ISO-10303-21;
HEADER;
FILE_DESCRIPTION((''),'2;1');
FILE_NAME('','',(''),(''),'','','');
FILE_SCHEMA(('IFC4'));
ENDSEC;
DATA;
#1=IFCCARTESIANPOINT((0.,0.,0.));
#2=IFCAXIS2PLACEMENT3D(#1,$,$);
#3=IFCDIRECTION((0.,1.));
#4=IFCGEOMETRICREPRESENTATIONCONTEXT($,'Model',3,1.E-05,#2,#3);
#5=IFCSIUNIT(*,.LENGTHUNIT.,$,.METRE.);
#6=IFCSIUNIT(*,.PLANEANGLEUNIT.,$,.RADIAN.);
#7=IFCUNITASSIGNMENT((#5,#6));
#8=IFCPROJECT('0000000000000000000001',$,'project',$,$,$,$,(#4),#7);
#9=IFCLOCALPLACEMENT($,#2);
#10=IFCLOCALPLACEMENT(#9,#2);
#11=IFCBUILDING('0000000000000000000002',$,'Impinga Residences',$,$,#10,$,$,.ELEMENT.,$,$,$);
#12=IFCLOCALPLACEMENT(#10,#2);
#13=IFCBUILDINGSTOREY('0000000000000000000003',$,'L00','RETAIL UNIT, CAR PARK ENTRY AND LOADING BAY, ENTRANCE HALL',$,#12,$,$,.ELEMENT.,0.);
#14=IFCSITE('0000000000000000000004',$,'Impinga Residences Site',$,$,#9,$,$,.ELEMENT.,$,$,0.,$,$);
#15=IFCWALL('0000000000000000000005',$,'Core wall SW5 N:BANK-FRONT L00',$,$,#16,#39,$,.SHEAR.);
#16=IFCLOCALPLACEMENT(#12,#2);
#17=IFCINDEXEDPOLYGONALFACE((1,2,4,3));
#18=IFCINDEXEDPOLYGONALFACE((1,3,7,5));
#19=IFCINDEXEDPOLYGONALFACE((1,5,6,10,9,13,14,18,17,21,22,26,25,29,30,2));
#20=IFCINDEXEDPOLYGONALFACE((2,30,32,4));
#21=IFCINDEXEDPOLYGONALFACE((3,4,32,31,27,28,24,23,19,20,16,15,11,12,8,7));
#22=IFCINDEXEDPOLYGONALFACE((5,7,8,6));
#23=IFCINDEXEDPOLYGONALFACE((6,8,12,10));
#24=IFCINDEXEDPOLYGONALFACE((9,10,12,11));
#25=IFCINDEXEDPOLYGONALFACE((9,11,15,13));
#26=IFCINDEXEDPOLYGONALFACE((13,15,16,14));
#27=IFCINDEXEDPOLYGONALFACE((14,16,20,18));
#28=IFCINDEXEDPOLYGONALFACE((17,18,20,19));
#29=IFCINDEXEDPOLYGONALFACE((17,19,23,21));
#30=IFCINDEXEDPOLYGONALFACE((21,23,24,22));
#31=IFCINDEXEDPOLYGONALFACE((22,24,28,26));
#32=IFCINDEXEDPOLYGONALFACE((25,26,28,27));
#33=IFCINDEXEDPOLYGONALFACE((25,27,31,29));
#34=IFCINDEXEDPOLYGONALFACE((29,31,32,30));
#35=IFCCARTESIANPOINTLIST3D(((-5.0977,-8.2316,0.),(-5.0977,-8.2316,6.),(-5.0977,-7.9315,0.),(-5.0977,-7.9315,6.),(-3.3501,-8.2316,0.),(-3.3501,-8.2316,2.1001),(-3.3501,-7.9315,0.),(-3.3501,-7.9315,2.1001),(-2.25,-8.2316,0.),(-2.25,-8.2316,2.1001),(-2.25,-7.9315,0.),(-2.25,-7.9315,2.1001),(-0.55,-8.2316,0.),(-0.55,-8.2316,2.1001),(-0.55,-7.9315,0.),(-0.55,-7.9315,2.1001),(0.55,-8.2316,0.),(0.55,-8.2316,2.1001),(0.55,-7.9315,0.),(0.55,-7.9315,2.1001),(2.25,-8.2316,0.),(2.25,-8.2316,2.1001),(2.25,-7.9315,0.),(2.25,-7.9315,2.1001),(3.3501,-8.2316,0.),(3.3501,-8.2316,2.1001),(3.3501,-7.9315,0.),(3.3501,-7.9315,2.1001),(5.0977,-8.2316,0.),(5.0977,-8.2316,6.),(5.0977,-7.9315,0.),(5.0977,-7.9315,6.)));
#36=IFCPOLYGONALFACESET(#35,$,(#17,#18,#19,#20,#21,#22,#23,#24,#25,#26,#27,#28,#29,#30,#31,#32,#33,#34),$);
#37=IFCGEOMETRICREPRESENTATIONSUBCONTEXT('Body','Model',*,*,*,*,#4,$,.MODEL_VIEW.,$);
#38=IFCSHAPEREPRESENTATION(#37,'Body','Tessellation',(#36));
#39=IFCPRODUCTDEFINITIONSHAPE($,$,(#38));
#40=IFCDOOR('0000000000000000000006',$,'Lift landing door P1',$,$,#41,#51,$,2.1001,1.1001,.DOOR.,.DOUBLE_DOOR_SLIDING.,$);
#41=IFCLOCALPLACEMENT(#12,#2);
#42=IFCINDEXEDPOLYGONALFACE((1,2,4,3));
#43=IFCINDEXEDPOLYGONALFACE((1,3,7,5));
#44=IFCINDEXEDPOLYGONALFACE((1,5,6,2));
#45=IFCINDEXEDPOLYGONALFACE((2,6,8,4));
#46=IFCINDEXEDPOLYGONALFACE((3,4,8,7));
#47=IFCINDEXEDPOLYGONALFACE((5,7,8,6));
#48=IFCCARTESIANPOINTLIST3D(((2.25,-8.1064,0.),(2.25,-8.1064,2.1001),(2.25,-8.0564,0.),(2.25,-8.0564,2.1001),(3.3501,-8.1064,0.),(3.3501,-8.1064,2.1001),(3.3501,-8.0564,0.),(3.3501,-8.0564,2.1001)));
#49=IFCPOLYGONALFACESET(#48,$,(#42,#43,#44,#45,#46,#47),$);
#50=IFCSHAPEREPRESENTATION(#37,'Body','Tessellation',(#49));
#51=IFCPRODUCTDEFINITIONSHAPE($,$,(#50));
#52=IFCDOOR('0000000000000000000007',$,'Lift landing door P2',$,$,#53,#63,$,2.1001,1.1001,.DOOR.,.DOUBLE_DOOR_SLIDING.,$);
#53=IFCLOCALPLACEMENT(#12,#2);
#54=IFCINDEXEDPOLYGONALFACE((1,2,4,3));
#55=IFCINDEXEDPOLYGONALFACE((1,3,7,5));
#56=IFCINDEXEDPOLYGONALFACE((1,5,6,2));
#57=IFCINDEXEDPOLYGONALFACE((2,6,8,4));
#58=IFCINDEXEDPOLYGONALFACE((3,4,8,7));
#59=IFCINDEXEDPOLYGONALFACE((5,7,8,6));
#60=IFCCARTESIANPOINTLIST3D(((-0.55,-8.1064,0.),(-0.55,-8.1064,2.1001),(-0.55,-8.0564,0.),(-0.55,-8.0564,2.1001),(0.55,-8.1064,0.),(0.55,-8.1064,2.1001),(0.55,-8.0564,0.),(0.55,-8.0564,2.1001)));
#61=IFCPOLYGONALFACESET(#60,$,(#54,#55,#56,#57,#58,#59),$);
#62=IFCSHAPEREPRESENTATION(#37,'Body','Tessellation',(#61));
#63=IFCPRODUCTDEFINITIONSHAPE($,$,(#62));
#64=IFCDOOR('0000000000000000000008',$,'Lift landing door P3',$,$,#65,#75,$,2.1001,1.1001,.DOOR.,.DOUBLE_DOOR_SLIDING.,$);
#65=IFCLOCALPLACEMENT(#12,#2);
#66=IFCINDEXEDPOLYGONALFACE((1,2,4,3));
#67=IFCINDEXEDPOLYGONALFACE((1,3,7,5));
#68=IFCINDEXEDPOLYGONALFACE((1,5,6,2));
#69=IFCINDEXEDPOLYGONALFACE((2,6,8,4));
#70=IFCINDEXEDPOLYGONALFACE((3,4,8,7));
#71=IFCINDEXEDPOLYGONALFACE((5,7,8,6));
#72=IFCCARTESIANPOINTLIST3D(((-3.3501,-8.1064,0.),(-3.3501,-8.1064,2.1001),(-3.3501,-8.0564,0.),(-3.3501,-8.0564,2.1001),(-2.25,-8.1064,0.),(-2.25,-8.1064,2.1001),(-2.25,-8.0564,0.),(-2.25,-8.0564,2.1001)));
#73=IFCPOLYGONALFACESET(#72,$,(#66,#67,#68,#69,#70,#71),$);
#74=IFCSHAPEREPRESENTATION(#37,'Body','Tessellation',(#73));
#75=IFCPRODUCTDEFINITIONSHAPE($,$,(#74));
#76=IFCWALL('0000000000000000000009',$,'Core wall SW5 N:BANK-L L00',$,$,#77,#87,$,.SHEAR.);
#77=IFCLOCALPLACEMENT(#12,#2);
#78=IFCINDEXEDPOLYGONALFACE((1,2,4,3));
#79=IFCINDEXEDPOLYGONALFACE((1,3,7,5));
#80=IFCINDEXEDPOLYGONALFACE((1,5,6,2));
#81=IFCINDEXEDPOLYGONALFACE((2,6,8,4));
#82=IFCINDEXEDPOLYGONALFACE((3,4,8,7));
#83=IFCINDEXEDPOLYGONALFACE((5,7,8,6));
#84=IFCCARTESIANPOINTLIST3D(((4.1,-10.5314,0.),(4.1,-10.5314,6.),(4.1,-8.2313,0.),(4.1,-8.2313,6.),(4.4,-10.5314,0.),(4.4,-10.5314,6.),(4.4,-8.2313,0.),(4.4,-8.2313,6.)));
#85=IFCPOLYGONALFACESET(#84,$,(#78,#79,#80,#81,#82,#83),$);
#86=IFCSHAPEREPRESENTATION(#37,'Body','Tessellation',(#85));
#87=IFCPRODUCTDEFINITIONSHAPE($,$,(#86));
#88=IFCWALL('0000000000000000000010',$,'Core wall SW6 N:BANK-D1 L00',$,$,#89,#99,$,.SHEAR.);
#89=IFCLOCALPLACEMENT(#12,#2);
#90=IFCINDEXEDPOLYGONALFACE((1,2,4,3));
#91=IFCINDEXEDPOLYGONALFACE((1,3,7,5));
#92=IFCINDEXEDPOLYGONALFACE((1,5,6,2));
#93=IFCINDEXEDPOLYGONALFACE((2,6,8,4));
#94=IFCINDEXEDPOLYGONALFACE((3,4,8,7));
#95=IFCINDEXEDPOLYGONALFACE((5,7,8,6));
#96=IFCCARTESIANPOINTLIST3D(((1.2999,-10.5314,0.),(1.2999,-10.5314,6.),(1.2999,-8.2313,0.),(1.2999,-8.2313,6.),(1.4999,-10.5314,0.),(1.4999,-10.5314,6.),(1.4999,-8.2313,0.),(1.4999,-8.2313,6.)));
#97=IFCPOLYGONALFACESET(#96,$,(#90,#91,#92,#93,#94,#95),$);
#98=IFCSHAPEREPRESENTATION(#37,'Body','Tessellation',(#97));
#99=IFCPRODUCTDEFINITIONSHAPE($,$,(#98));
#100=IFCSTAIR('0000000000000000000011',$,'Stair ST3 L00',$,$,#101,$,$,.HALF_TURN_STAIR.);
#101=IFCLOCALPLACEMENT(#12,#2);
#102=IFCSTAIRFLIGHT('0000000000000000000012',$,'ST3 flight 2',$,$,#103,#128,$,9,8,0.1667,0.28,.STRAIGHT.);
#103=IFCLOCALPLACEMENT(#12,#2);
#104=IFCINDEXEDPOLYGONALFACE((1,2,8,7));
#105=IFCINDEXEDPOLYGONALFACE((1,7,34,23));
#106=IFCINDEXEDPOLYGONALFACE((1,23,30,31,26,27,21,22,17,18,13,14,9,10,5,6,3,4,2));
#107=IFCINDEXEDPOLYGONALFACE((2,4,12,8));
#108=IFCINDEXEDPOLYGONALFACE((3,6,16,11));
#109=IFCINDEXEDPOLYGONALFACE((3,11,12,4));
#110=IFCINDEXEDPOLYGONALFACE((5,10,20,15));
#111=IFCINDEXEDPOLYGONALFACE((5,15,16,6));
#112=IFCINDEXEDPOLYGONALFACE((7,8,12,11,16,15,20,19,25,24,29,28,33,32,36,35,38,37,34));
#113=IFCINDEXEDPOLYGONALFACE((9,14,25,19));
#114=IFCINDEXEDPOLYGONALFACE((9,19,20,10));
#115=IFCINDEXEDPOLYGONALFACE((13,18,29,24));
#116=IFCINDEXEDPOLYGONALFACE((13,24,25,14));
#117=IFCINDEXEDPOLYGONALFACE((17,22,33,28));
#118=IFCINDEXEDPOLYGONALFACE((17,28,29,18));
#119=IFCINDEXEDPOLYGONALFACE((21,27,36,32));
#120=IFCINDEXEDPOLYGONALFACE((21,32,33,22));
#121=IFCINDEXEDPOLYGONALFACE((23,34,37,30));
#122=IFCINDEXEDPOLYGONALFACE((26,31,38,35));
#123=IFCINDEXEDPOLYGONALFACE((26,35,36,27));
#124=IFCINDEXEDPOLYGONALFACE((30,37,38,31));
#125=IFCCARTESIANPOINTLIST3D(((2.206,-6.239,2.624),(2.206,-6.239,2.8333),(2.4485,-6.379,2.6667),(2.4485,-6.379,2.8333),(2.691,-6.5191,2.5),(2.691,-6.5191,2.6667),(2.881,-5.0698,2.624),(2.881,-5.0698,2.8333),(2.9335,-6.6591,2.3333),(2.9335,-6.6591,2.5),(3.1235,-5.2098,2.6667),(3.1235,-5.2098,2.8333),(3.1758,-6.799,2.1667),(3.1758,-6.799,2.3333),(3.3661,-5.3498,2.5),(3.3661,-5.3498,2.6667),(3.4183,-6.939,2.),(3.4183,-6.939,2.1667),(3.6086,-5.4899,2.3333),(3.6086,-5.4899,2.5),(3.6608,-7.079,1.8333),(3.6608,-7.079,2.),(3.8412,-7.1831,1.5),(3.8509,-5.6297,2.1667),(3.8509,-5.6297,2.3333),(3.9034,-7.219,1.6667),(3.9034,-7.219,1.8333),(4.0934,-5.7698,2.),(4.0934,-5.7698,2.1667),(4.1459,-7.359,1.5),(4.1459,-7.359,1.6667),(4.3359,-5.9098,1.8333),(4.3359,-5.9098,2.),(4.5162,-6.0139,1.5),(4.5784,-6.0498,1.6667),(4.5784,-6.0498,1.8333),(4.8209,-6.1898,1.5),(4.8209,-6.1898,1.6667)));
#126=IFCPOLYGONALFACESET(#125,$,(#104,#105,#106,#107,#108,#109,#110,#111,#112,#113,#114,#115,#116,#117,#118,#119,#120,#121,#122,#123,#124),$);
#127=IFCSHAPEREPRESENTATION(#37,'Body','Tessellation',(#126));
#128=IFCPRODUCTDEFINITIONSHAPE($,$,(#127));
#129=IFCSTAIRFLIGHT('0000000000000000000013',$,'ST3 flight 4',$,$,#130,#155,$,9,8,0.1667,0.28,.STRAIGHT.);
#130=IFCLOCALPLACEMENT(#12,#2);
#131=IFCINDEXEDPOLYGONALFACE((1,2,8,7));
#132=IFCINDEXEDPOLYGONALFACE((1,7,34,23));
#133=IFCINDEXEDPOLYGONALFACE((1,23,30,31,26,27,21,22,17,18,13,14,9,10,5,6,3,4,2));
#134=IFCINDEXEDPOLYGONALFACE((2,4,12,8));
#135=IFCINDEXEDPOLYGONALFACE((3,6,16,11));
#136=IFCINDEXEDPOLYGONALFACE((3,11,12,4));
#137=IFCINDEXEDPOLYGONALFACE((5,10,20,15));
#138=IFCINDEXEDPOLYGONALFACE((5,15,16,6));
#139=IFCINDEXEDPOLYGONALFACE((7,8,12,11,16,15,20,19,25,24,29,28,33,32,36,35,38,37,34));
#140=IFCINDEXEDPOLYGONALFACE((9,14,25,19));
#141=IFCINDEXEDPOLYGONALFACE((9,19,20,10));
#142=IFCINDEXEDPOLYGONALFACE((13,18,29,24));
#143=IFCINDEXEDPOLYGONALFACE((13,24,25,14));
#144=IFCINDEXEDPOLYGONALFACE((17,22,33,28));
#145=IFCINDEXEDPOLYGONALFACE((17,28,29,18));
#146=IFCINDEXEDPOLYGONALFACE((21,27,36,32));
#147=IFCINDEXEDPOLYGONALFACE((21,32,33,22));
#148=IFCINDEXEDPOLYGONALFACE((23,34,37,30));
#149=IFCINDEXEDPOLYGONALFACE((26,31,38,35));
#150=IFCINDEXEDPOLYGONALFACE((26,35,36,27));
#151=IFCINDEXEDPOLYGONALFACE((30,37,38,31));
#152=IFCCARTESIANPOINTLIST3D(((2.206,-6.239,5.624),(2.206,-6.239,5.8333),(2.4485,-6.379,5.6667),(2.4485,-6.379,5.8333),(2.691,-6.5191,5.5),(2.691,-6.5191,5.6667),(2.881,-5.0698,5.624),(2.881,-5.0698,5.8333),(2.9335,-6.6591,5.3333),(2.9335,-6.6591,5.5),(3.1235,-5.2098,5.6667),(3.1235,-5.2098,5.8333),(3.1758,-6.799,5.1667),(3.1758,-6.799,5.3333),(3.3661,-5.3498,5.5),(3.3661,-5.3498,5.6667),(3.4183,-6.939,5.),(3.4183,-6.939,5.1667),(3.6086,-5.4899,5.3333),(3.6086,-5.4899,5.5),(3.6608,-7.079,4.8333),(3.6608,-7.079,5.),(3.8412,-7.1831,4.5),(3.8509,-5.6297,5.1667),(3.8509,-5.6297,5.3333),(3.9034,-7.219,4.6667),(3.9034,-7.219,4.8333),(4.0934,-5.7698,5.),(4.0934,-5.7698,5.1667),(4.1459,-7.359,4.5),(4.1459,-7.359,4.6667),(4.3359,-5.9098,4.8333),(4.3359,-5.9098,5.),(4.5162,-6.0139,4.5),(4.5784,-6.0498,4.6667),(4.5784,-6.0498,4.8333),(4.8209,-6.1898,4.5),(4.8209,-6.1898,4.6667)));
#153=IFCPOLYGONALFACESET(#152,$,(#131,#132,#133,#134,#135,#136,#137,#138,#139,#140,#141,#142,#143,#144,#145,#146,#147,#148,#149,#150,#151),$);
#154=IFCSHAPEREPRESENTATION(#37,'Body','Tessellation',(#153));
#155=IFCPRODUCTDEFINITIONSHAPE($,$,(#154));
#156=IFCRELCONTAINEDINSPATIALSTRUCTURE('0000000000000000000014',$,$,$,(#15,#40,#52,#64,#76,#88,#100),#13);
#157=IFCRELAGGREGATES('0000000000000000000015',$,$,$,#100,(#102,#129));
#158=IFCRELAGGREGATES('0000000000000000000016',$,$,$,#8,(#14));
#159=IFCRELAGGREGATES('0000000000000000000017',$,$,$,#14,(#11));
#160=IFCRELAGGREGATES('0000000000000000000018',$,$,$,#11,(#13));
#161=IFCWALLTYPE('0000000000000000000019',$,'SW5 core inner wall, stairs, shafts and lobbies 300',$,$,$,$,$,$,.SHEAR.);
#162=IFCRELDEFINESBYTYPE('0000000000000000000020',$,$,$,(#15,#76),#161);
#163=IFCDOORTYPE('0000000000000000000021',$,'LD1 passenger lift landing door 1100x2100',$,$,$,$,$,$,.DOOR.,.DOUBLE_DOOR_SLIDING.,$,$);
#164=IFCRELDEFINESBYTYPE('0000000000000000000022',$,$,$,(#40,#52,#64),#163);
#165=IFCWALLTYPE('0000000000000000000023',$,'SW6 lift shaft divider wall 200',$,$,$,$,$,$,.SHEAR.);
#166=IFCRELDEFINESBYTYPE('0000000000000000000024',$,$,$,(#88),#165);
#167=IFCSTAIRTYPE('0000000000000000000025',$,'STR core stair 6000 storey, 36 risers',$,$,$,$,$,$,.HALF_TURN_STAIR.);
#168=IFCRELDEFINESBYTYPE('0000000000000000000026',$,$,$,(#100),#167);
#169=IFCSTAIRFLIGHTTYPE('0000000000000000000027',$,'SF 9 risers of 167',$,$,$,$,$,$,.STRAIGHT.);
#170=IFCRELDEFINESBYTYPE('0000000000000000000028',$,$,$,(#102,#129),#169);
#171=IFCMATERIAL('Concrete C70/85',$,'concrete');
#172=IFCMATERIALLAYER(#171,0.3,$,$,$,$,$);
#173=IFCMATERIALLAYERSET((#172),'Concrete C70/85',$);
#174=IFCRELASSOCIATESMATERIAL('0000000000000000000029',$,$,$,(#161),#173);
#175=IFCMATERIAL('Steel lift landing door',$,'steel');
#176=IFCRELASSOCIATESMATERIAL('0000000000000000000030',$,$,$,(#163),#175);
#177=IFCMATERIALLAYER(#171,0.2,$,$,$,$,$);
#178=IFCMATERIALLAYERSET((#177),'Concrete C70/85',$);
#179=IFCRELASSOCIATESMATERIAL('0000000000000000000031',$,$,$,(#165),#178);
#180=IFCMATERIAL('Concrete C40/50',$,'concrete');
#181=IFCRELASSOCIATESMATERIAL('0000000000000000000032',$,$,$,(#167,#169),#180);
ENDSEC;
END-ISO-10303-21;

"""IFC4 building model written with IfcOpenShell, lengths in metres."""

from ifc_helpers import new_model, si_unit, direction, frame, frame_2d, origin, place, context, subcontext, project, spatial, polyline, rectangle, outline, extrude, material, layer, layer_set, type_object, element, fill, aggregate, save


model = new_model("IFC4")

# Units and contexts
model_context = context("Model", 3, precision=1e-05, world=origin(), true_north=direction((0.0, 1.0)))
body_context = subcontext(model_context, "Body", "Model", "MODEL_VIEW")
ifc_project = project(units=[si_unit("LENGTHUNIT", "METRE"), si_unit("PLANEANGLEUNIT", "RADIAN")], contexts=[model_context])

# Site, building, storey
site_placement = place(None, origin())
site = spatial("IfcSite", under=ifc_project, at=site_placement, Name="Impinga Residences Site", CompositionType="ELEMENT", RefElevation=0.0)
building_placement = place(site_placement, origin())
building = spatial("IfcBuilding", under=site, at=building_placement, Name="Impinga Residences", CompositionType="ELEMENT")
storey_placement = place(building_placement, origin())
storey = spatial("IfcBuildingStorey", under=building, at=storey_placement, Name="L00", Description="RETAIL UNIT, CAR PARK ENTRY AND LOADING BAY, ENTRANCE HALL", CompositionType="ELEMENT", Elevation=0.0)

# Shared definitions
ifc_material_1 = material(Name="Concrete C70/85", Category="concrete")

# Wall, openings, doors
ifc_layer_1 = layer(ifc_material_1, 0.3)
ifc_layer_set_1 = layer_set([ifc_layer_1], Name="Concrete C70/85")
wall_type_1 = type_object("IfcWallType", Name="SW5 core inner wall, stairs, shafts and lobbies 300", PredefinedType="SHEAR", material=ifc_layer_set_1)
wall_1_placement = place(storey_placement, frame((5.0977, -8.0815, 0.0), z_axis=(0.0, 0.0, 1.0), x_axis=(-1.0, 0.0, 0.0)))
wall_1 = element("IfcWall", 1, at=wall_1_placement, inside=storey, type_object=wall_type_1, Name="Core wall SW5 N:BANK-FRONT L00", PredefinedType="SHEAR", context=body_context, shape_type="SweptSolid", body=[
    extrude(rectangle(XDim=10.1953, YDim=0.3, at=frame_2d((5.0977, 0.0))), origin(), (0.0, 0.0, 1.0), 6.0),
])
opening_1_placement = place(wall_1_placement, frame((1.7476, 0.0, 0.0)))
opening_1 = element("IfcOpeningElement", 2, at=opening_1_placement, cuts=wall_1, PredefinedType="OPENING", context=body_context, shape_type="SweptSolid", body=[
    extrude(rectangle(XDim=1.1001, YDim=2.1001, at=frame_2d((0.55, 1.05))), frame((0.0, 0.1599, 0.0), z_axis=(0.0, -1.0, 0.0), x_axis=(1.0, 0.0, 0.0)), (0.0, 0.0, 1.0), 0.3201),
])
opening_2_placement = place(wall_1_placement, frame((4.5476, 0.0, 0.0)))
opening_2 = element("IfcOpeningElement", 3, at=opening_2_placement, cuts=wall_1, PredefinedType="OPENING", context=body_context, shape_type="SweptSolid", body=[
    extrude(rectangle(XDim=1.1001, YDim=2.1001, at=frame_2d((0.55, 1.05))), frame((0.0, 0.1599, 0.0), z_axis=(0.0, -1.0, 0.0), x_axis=(1.0, 0.0, 0.0)), (0.0, 0.0, 1.0), 0.3201),
])
opening_3_placement = place(wall_1_placement, frame((7.3477, 0.0, 0.0)))
opening_3 = element("IfcOpeningElement", 4, at=opening_3_placement, cuts=wall_1, PredefinedType="OPENING", context=body_context, shape_type="SweptSolid", body=[
    extrude(rectangle(XDim=1.1001, YDim=2.1001, at=frame_2d((0.55, 1.05))), frame((0.0, 0.1599, 0.0), z_axis=(0.0, -1.0, 0.0), x_axis=(1.0, 0.0, 0.0)), (0.0, 0.0, 1.0), 0.3201),
])
ifc_material_2 = material(Name="Steel lift landing door", Category="steel")
door_type_1 = type_object("IfcDoorType", Name="LD1 passenger lift landing door 1100x2100", OperationType="DOUBLE_DOOR_SLIDING", PredefinedType="DOOR", material=ifc_material_2)
door_1_placement = place(opening_1_placement, origin())
door_1 = element("IfcDoor", 5, at=door_1_placement, inside=storey, type_object=door_type_1, Name="Lift landing door P1", OperationType="DOUBLE_DOOR_SLIDING", OverallHeight=2.1001, OverallWidth=1.1001, PredefinedType="DOOR", context=body_context, shape_type="SweptSolid", body=[
    extrude(rectangle(XDim=1.1001, YDim=2.1001, at=frame_2d((0.55, 1.05))), frame((0.0, 0.0249, 0.0), z_axis=(0.0, -1.0, 0.0), x_axis=(1.0, 0.0, 0.0)), (0.0, 0.0, 1.0), 0.05),
])
fill(opening_1, door_1)
door_2_placement = place(opening_2_placement, origin())
door_2 = element("IfcDoor", 6, at=door_2_placement, inside=storey, type_object=door_type_1, Name="Lift landing door P2", OperationType="DOUBLE_DOOR_SLIDING", OverallHeight=2.1001, OverallWidth=1.1001, PredefinedType="DOOR", context=body_context, shape_type="SweptSolid", body=[
    extrude(rectangle(XDim=1.1001, YDim=2.1001, at=frame_2d((0.55, 1.05))), frame((0.0, 0.0249, 0.0), z_axis=(0.0, -1.0, 0.0), x_axis=(1.0, 0.0, 0.0)), (0.0, 0.0, 1.0), 0.05),
])
fill(opening_2, door_2)
door_3_placement = place(opening_3_placement, origin())
door_3 = element("IfcDoor", 7, at=door_3_placement, inside=storey, type_object=door_type_1, Name="Lift landing door P3", OperationType="DOUBLE_DOOR_SLIDING", OverallHeight=2.1001, OverallWidth=1.1001, PredefinedType="DOOR", context=body_context, shape_type="SweptSolid", body=[
    extrude(rectangle(XDim=1.1001, YDim=2.1001, at=frame_2d((0.55, 1.05))), frame((0.0, 0.0249, 0.0), z_axis=(0.0, -1.0, 0.0), x_axis=(1.0, 0.0, 0.0)), (0.0, 0.0, 1.0), 0.05),
])
fill(opening_3, door_3)

# Walls
wall_2_placement = place(storey_placement, frame((4.25, -8.2314, 0.0), z_axis=(0.0, 0.0, 1.0), x_axis=(0.0, -1.0, 0.0)))
element("IfcWall", 8, at=wall_2_placement, inside=storey, type_object=wall_type_1, Name="Core wall SW5 N:BANK-L L00", PredefinedType="SHEAR", context=body_context, shape_type="SweptSolid", body=[
    extrude(rectangle(XDim=2.3, YDim=0.3, at=frame_2d((1.1499, 0.0))), origin(), (0.0, 0.0, 1.0), 6.0),
])
ifc_layer_2 = layer(ifc_material_1, 0.2)
ifc_layer_set_2 = layer_set([ifc_layer_2], Name="Concrete C70/85")
wall_type_2 = type_object("IfcWallType", Name="SW6 lift shaft divider wall 200", PredefinedType="SHEAR", material=ifc_layer_set_2)
wall_3_placement = place(storey_placement, frame((1.3999, -8.2314, 0.0), z_axis=(0.0, 0.0, 1.0), x_axis=(0.0, -1.0, 0.0)))
element("IfcWall", 9, at=wall_3_placement, inside=storey, type_object=wall_type_2, Name="Core wall SW6 N:BANK-D1 L00", PredefinedType="SHEAR", context=body_context, shape_type="SweptSolid", body=[
    extrude(rectangle(XDim=2.3, YDim=0.2, at=frame_2d((1.1499, 0.0))), origin(), (0.0, 0.0, 1.0), 6.0),
])

# Stair, stair flights
ifc_material_3 = material(Name="Concrete C40/50", Category="concrete")
stair_type_1 = type_object("IfcStairType", Name="STR core stair 6000 storey, 36 risers", PredefinedType="HALF_TURN_STAIR", material=ifc_material_3)
stair_1_placement = place(storey_placement, origin())
stair_1 = element("IfcStair", 10, at=stair_1_placement, inside=storey, type_object=stair_type_1, Name="Stair ST3 L00", PredefinedType="HALF_TURN_STAIR")
stair_flight_type = type_object("IfcStairFlightType", Name="SF 9 risers of 167", PredefinedType="STRAIGHT", material=ifc_material_3)
stair_flight_1_placement = place(storey_placement, frame((4.4834, -6.7744, 1.5), z_axis=(0.0, 0.0, 1.0), x_axis=(-0.866025, 0.5, 0.0)))
stair_flight_1 = element("IfcStairFlight", 11, at=stair_flight_1_placement, type_object=stair_flight_type, Name="ST3 flight 2", NumberOfRisers=9, NumberOfTreads=8, PredefinedType="STRAIGHT", RiserHeight=0.1667, TreadLength=0.28, context=body_context, shape_type="SweptSolid", body=[
    extrude(outline(polyline([(0.0, 0.0), (0.0, 0.1667), (0.28, 0.1667), (0.28, 0.3333), (0.5601, 0.3333), (0.5601, 0.5), (0.8401, 0.5), (0.8401, 0.6667), (1.1201, 0.6667), (1.1201, 0.8333), (1.3999, 0.8333), (1.3999, 1.0), (1.6799, 1.0), (1.6799, 1.1667), (1.96, 1.1667), (1.96, 1.3333), (2.24, 1.3333), (2.24, 1.5), (2.24, 1.124), (0.3518, 0.0), (0.0, 0.0)])), frame((0.0, 0.675, 0.0), z_axis=(0.0, -1.0, 0.0), x_axis=(1.0, 0.0, 0.0)), (0.0, 0.0, 1.0), 1.3501),
])
stair_flight_2_placement = place(storey_placement, frame((4.4834, -6.7744, 4.5), z_axis=(0.0, 0.0, 1.0), x_axis=(-0.866025, 0.5, 0.0)))
stair_flight_2 = element("IfcStairFlight", 12, at=stair_flight_2_placement, type_object=stair_flight_type, Name="ST3 flight 4", NumberOfRisers=9, NumberOfTreads=8, PredefinedType="STRAIGHT", RiserHeight=0.1667, TreadLength=0.28, context=body_context, shape_type="SweptSolid", body=[
    extrude(outline(polyline([(0.0, 0.0), (0.0, 0.1667), (0.28, 0.1667), (0.28, 0.3333), (0.5601, 0.3333), (0.5601, 0.5), (0.8401, 0.5), (0.8401, 0.6667), (1.1201, 0.6667), (1.1201, 0.8333), (1.3999, 0.8333), (1.3999, 1.0), (1.6799, 1.0), (1.6799, 1.1667), (1.96, 1.1667), (1.96, 1.3333), (2.24, 1.3333), (2.24, 1.5), (2.24, 1.124), (0.3518, 0.0), (0.0, 0.0)])), frame((0.0, 0.675, 0.0), z_axis=(0.0, -1.0, 0.0), x_axis=(1.0, 0.0, 0.0)), (0.0, 0.0, 1.0), 1.3501),
])
aggregate(stair_1, [stair_flight_1, stair_flight_2])

save(model, "model.ifc")
